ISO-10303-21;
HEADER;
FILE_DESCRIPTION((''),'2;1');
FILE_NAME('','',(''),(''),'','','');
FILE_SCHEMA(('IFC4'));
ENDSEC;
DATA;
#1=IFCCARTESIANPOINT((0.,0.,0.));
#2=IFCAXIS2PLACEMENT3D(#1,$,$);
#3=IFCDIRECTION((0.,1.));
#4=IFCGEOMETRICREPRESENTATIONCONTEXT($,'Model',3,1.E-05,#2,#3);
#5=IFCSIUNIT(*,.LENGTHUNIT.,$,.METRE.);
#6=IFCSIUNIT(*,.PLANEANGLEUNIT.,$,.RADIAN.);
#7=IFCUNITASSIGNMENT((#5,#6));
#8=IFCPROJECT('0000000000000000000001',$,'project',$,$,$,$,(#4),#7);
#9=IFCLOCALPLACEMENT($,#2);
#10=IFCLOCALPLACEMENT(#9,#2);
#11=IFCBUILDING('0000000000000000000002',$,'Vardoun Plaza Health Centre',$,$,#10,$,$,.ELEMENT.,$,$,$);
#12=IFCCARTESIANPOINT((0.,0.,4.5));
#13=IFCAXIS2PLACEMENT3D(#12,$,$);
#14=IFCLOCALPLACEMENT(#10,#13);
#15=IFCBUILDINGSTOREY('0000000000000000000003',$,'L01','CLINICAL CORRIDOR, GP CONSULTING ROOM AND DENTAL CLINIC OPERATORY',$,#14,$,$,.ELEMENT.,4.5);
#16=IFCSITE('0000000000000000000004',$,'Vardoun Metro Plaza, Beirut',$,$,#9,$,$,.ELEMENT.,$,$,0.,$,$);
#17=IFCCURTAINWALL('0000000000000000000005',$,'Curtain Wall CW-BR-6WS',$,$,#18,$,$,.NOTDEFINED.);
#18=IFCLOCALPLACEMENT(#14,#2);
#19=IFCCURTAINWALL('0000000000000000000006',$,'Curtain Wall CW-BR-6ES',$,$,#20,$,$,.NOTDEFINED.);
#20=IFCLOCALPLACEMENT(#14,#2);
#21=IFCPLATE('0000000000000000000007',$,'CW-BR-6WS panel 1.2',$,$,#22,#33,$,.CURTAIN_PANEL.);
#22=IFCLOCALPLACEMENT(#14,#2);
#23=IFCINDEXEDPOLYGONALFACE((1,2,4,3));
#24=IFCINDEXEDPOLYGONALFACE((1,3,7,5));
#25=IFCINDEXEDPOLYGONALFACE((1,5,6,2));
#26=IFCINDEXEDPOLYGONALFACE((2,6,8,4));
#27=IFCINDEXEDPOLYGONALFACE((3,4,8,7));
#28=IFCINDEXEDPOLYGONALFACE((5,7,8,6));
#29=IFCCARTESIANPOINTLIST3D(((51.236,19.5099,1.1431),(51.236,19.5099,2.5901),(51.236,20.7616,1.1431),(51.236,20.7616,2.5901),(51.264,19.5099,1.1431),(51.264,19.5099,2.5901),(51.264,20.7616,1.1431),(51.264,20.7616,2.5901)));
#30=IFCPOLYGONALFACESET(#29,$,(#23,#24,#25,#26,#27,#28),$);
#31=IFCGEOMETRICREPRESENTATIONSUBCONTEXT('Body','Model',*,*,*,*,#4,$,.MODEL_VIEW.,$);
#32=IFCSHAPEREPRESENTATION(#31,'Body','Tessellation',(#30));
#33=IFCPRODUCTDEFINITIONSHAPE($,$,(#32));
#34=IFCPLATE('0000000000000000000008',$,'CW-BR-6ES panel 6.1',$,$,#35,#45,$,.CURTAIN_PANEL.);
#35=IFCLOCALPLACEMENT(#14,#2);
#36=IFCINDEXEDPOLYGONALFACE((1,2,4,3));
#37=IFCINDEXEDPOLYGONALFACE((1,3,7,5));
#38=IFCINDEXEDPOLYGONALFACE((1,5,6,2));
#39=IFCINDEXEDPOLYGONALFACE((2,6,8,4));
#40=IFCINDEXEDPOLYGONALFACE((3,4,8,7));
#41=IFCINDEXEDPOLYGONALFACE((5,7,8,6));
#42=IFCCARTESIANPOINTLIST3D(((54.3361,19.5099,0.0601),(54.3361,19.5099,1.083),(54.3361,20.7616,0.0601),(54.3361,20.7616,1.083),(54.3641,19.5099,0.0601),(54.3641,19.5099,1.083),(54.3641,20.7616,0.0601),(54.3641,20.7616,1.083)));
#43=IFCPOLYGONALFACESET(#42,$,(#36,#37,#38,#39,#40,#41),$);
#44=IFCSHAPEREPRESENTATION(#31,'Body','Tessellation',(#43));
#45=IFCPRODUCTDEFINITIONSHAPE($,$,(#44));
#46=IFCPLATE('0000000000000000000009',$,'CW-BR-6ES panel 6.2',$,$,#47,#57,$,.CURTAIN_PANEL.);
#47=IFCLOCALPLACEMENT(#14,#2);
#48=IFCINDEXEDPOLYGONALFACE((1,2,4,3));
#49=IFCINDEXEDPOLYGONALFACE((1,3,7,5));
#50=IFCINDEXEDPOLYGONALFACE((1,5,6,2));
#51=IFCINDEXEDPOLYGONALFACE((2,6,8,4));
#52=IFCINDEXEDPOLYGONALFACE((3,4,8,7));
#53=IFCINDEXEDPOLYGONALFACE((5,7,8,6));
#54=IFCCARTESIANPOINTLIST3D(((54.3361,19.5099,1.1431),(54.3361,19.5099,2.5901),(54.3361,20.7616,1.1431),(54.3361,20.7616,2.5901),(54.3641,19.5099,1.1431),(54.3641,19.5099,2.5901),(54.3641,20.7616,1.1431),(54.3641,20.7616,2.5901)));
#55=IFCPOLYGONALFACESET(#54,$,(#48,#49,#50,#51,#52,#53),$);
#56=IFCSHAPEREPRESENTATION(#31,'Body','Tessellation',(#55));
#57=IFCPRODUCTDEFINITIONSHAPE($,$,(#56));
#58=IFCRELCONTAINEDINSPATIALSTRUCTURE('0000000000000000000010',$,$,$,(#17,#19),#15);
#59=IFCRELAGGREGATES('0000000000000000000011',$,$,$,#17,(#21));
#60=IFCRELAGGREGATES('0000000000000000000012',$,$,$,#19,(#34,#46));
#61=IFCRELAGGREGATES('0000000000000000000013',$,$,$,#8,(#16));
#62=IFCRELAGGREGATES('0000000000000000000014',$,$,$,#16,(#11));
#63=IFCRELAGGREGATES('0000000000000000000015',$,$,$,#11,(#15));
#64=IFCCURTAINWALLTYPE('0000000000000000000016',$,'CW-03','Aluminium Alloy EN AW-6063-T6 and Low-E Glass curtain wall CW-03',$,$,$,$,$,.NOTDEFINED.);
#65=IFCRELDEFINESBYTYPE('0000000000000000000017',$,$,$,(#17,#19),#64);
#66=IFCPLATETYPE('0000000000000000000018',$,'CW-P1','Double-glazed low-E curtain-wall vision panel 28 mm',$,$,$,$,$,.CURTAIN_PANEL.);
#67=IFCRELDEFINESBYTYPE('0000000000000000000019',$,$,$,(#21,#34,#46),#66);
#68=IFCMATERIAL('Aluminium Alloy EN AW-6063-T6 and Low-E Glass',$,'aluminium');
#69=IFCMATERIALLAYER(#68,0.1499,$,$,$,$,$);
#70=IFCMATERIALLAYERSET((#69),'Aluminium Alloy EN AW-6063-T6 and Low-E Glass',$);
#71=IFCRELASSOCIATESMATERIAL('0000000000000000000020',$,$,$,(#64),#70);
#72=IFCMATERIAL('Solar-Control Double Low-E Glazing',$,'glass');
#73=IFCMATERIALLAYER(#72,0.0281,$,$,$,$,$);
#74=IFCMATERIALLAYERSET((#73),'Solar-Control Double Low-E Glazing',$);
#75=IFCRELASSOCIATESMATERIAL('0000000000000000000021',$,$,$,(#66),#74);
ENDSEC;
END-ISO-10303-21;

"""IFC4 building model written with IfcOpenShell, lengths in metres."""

from ifc_helpers import new_model, si_unit, direction, frame, origin, origin_2d, place, context, subcontext, project, spatial, rectangle, extrude, material, layer, layer_set, type_object, element, aggregate, save


model = new_model("IFC4")

# Units and contexts
model_context = context("Model", 3, precision=1e-05, world=origin(), true_north=direction((0.0, 1.0)))
body_context = subcontext(model_context, "Body", "Model", "MODEL_VIEW")
ifc_project = project(units=[si_unit("LENGTHUNIT", "METRE"), si_unit("PLANEANGLEUNIT", "RADIAN")], contexts=[model_context])

# Site, building, storey
site_placement = place(None, origin())
site = spatial("IfcSite", under=ifc_project, at=site_placement, Name="Vardoun Metro Plaza, Beirut", CompositionType="ELEMENT", RefElevation=0.0)
building_placement = place(site_placement, origin())
building = spatial("IfcBuilding", under=site, at=building_placement, Name="Vardoun Plaza Health Centre", CompositionType="ELEMENT")
storey_placement = place(building_placement, frame((0.0, 0.0, 4.5)))
storey = spatial("IfcBuildingStorey", under=building, at=storey_placement, Name="L01", Description="CLINICAL CORRIDOR, GP CONSULTING ROOM AND DENTAL CLINIC OPERATORY", CompositionType="ELEMENT", Elevation=4.5)

# Curtain walls
ifc_material_1 = material(Name="Aluminium Alloy EN AW-6063-T6 and Low-E Glass", Category="aluminium")
ifc_layer_1 = layer(ifc_material_1, 0.1499)
ifc_layer_set_1 = layer_set([ifc_layer_1], Name="Aluminium Alloy EN AW-6063-T6 and Low-E Glass")
curtain_wall_type = type_object("IfcCurtainWallType", Name="CW-03", Description="Aluminium Alloy EN AW-6063-T6 and Low-E Glass curtain wall CW-03", PredefinedType="NOTDEFINED", material=ifc_layer_set_1)
curtain_wall_1_placement = place(storey_placement, origin())
curtain_wall_1 = element("IfcCurtainWall", 1, at=curtain_wall_1_placement, inside=storey, type_object=curtain_wall_type, Name="Curtain Wall CW-BR-6WS", PredefinedType="NOTDEFINED")
curtain_wall_2_placement = place(storey_placement, origin())
curtain_wall_2 = element("IfcCurtainWall", 2, at=curtain_wall_2_placement, inside=storey, type_object=curtain_wall_type, Name="Curtain Wall CW-BR-6ES", PredefinedType="NOTDEFINED")

# Plates
ifc_material_2 = material(Name="Solar-Control Double Low-E Glazing", Category="glass")
ifc_layer_2 = layer(ifc_material_2, 0.0281)
ifc_layer_set_2 = layer_set([ifc_layer_2], Name="Solar-Control Double Low-E Glazing")
plate_type = type_object("IfcPlateType", Name="CW-P1", Description="Double-glazed low-E curtain-wall vision panel 28 mm", PredefinedType="CURTAIN_PANEL", material=ifc_layer_set_2)
plate_1_placement = place(storey_placement, frame((51.25, 20.1357, 1.1431), z_axis=(0.0, 0.0, 1.0), x_axis=(0.0, 1.0, 0.0)))
plate_1 = element("IfcPlate", 3, at=plate_1_placement, type_object=plate_type, Name="CW-BR-6WS panel 1.2", PredefinedType="CURTAIN_PANEL", context=body_context, shape_type="SweptSolid", body=[
    extrude(rectangle(XDim=1.2517, YDim=0.0281, at=origin_2d()), origin(), (0.0, 0.0, 1.0), 1.447),
])
aggregate(curtain_wall_1, [plate_1])
plate_2_placement = place(storey_placement, frame((54.3501, 20.1357, 0.0601), z_axis=(0.0, 0.0, 1.0), x_axis=(0.0, -1.0, 0.0)))
plate_2 = element("IfcPlate", 4, at=plate_2_placement, type_object=plate_type, Name="CW-BR-6ES panel 6.1", PredefinedType="CURTAIN_PANEL", context=body_context, shape_type="SweptSolid", body=[
    extrude(rectangle(XDim=1.2517, YDim=0.0281, at=origin_2d()), origin(), (0.0, 0.0, 1.0), 1.0229),
])
plate_3_placement = place(storey_placement, frame((54.3501, 20.1357, 1.1431), z_axis=(0.0, 0.0, 1.0), x_axis=(0.0, -1.0, 0.0)))
plate_3 = element("IfcPlate", 5, at=plate_3_placement, type_object=plate_type, Name="CW-BR-6ES panel 6.2", PredefinedType="CURTAIN_PANEL", context=body_context, shape_type="SweptSolid", body=[
    extrude(rectangle(XDim=1.2517, YDim=0.0281, at=origin_2d()), origin(), (0.0, 0.0, 1.0), 1.447),
])
aggregate(curtain_wall_2, [plate_2, plate_3])

save(model, "model.ifc")
